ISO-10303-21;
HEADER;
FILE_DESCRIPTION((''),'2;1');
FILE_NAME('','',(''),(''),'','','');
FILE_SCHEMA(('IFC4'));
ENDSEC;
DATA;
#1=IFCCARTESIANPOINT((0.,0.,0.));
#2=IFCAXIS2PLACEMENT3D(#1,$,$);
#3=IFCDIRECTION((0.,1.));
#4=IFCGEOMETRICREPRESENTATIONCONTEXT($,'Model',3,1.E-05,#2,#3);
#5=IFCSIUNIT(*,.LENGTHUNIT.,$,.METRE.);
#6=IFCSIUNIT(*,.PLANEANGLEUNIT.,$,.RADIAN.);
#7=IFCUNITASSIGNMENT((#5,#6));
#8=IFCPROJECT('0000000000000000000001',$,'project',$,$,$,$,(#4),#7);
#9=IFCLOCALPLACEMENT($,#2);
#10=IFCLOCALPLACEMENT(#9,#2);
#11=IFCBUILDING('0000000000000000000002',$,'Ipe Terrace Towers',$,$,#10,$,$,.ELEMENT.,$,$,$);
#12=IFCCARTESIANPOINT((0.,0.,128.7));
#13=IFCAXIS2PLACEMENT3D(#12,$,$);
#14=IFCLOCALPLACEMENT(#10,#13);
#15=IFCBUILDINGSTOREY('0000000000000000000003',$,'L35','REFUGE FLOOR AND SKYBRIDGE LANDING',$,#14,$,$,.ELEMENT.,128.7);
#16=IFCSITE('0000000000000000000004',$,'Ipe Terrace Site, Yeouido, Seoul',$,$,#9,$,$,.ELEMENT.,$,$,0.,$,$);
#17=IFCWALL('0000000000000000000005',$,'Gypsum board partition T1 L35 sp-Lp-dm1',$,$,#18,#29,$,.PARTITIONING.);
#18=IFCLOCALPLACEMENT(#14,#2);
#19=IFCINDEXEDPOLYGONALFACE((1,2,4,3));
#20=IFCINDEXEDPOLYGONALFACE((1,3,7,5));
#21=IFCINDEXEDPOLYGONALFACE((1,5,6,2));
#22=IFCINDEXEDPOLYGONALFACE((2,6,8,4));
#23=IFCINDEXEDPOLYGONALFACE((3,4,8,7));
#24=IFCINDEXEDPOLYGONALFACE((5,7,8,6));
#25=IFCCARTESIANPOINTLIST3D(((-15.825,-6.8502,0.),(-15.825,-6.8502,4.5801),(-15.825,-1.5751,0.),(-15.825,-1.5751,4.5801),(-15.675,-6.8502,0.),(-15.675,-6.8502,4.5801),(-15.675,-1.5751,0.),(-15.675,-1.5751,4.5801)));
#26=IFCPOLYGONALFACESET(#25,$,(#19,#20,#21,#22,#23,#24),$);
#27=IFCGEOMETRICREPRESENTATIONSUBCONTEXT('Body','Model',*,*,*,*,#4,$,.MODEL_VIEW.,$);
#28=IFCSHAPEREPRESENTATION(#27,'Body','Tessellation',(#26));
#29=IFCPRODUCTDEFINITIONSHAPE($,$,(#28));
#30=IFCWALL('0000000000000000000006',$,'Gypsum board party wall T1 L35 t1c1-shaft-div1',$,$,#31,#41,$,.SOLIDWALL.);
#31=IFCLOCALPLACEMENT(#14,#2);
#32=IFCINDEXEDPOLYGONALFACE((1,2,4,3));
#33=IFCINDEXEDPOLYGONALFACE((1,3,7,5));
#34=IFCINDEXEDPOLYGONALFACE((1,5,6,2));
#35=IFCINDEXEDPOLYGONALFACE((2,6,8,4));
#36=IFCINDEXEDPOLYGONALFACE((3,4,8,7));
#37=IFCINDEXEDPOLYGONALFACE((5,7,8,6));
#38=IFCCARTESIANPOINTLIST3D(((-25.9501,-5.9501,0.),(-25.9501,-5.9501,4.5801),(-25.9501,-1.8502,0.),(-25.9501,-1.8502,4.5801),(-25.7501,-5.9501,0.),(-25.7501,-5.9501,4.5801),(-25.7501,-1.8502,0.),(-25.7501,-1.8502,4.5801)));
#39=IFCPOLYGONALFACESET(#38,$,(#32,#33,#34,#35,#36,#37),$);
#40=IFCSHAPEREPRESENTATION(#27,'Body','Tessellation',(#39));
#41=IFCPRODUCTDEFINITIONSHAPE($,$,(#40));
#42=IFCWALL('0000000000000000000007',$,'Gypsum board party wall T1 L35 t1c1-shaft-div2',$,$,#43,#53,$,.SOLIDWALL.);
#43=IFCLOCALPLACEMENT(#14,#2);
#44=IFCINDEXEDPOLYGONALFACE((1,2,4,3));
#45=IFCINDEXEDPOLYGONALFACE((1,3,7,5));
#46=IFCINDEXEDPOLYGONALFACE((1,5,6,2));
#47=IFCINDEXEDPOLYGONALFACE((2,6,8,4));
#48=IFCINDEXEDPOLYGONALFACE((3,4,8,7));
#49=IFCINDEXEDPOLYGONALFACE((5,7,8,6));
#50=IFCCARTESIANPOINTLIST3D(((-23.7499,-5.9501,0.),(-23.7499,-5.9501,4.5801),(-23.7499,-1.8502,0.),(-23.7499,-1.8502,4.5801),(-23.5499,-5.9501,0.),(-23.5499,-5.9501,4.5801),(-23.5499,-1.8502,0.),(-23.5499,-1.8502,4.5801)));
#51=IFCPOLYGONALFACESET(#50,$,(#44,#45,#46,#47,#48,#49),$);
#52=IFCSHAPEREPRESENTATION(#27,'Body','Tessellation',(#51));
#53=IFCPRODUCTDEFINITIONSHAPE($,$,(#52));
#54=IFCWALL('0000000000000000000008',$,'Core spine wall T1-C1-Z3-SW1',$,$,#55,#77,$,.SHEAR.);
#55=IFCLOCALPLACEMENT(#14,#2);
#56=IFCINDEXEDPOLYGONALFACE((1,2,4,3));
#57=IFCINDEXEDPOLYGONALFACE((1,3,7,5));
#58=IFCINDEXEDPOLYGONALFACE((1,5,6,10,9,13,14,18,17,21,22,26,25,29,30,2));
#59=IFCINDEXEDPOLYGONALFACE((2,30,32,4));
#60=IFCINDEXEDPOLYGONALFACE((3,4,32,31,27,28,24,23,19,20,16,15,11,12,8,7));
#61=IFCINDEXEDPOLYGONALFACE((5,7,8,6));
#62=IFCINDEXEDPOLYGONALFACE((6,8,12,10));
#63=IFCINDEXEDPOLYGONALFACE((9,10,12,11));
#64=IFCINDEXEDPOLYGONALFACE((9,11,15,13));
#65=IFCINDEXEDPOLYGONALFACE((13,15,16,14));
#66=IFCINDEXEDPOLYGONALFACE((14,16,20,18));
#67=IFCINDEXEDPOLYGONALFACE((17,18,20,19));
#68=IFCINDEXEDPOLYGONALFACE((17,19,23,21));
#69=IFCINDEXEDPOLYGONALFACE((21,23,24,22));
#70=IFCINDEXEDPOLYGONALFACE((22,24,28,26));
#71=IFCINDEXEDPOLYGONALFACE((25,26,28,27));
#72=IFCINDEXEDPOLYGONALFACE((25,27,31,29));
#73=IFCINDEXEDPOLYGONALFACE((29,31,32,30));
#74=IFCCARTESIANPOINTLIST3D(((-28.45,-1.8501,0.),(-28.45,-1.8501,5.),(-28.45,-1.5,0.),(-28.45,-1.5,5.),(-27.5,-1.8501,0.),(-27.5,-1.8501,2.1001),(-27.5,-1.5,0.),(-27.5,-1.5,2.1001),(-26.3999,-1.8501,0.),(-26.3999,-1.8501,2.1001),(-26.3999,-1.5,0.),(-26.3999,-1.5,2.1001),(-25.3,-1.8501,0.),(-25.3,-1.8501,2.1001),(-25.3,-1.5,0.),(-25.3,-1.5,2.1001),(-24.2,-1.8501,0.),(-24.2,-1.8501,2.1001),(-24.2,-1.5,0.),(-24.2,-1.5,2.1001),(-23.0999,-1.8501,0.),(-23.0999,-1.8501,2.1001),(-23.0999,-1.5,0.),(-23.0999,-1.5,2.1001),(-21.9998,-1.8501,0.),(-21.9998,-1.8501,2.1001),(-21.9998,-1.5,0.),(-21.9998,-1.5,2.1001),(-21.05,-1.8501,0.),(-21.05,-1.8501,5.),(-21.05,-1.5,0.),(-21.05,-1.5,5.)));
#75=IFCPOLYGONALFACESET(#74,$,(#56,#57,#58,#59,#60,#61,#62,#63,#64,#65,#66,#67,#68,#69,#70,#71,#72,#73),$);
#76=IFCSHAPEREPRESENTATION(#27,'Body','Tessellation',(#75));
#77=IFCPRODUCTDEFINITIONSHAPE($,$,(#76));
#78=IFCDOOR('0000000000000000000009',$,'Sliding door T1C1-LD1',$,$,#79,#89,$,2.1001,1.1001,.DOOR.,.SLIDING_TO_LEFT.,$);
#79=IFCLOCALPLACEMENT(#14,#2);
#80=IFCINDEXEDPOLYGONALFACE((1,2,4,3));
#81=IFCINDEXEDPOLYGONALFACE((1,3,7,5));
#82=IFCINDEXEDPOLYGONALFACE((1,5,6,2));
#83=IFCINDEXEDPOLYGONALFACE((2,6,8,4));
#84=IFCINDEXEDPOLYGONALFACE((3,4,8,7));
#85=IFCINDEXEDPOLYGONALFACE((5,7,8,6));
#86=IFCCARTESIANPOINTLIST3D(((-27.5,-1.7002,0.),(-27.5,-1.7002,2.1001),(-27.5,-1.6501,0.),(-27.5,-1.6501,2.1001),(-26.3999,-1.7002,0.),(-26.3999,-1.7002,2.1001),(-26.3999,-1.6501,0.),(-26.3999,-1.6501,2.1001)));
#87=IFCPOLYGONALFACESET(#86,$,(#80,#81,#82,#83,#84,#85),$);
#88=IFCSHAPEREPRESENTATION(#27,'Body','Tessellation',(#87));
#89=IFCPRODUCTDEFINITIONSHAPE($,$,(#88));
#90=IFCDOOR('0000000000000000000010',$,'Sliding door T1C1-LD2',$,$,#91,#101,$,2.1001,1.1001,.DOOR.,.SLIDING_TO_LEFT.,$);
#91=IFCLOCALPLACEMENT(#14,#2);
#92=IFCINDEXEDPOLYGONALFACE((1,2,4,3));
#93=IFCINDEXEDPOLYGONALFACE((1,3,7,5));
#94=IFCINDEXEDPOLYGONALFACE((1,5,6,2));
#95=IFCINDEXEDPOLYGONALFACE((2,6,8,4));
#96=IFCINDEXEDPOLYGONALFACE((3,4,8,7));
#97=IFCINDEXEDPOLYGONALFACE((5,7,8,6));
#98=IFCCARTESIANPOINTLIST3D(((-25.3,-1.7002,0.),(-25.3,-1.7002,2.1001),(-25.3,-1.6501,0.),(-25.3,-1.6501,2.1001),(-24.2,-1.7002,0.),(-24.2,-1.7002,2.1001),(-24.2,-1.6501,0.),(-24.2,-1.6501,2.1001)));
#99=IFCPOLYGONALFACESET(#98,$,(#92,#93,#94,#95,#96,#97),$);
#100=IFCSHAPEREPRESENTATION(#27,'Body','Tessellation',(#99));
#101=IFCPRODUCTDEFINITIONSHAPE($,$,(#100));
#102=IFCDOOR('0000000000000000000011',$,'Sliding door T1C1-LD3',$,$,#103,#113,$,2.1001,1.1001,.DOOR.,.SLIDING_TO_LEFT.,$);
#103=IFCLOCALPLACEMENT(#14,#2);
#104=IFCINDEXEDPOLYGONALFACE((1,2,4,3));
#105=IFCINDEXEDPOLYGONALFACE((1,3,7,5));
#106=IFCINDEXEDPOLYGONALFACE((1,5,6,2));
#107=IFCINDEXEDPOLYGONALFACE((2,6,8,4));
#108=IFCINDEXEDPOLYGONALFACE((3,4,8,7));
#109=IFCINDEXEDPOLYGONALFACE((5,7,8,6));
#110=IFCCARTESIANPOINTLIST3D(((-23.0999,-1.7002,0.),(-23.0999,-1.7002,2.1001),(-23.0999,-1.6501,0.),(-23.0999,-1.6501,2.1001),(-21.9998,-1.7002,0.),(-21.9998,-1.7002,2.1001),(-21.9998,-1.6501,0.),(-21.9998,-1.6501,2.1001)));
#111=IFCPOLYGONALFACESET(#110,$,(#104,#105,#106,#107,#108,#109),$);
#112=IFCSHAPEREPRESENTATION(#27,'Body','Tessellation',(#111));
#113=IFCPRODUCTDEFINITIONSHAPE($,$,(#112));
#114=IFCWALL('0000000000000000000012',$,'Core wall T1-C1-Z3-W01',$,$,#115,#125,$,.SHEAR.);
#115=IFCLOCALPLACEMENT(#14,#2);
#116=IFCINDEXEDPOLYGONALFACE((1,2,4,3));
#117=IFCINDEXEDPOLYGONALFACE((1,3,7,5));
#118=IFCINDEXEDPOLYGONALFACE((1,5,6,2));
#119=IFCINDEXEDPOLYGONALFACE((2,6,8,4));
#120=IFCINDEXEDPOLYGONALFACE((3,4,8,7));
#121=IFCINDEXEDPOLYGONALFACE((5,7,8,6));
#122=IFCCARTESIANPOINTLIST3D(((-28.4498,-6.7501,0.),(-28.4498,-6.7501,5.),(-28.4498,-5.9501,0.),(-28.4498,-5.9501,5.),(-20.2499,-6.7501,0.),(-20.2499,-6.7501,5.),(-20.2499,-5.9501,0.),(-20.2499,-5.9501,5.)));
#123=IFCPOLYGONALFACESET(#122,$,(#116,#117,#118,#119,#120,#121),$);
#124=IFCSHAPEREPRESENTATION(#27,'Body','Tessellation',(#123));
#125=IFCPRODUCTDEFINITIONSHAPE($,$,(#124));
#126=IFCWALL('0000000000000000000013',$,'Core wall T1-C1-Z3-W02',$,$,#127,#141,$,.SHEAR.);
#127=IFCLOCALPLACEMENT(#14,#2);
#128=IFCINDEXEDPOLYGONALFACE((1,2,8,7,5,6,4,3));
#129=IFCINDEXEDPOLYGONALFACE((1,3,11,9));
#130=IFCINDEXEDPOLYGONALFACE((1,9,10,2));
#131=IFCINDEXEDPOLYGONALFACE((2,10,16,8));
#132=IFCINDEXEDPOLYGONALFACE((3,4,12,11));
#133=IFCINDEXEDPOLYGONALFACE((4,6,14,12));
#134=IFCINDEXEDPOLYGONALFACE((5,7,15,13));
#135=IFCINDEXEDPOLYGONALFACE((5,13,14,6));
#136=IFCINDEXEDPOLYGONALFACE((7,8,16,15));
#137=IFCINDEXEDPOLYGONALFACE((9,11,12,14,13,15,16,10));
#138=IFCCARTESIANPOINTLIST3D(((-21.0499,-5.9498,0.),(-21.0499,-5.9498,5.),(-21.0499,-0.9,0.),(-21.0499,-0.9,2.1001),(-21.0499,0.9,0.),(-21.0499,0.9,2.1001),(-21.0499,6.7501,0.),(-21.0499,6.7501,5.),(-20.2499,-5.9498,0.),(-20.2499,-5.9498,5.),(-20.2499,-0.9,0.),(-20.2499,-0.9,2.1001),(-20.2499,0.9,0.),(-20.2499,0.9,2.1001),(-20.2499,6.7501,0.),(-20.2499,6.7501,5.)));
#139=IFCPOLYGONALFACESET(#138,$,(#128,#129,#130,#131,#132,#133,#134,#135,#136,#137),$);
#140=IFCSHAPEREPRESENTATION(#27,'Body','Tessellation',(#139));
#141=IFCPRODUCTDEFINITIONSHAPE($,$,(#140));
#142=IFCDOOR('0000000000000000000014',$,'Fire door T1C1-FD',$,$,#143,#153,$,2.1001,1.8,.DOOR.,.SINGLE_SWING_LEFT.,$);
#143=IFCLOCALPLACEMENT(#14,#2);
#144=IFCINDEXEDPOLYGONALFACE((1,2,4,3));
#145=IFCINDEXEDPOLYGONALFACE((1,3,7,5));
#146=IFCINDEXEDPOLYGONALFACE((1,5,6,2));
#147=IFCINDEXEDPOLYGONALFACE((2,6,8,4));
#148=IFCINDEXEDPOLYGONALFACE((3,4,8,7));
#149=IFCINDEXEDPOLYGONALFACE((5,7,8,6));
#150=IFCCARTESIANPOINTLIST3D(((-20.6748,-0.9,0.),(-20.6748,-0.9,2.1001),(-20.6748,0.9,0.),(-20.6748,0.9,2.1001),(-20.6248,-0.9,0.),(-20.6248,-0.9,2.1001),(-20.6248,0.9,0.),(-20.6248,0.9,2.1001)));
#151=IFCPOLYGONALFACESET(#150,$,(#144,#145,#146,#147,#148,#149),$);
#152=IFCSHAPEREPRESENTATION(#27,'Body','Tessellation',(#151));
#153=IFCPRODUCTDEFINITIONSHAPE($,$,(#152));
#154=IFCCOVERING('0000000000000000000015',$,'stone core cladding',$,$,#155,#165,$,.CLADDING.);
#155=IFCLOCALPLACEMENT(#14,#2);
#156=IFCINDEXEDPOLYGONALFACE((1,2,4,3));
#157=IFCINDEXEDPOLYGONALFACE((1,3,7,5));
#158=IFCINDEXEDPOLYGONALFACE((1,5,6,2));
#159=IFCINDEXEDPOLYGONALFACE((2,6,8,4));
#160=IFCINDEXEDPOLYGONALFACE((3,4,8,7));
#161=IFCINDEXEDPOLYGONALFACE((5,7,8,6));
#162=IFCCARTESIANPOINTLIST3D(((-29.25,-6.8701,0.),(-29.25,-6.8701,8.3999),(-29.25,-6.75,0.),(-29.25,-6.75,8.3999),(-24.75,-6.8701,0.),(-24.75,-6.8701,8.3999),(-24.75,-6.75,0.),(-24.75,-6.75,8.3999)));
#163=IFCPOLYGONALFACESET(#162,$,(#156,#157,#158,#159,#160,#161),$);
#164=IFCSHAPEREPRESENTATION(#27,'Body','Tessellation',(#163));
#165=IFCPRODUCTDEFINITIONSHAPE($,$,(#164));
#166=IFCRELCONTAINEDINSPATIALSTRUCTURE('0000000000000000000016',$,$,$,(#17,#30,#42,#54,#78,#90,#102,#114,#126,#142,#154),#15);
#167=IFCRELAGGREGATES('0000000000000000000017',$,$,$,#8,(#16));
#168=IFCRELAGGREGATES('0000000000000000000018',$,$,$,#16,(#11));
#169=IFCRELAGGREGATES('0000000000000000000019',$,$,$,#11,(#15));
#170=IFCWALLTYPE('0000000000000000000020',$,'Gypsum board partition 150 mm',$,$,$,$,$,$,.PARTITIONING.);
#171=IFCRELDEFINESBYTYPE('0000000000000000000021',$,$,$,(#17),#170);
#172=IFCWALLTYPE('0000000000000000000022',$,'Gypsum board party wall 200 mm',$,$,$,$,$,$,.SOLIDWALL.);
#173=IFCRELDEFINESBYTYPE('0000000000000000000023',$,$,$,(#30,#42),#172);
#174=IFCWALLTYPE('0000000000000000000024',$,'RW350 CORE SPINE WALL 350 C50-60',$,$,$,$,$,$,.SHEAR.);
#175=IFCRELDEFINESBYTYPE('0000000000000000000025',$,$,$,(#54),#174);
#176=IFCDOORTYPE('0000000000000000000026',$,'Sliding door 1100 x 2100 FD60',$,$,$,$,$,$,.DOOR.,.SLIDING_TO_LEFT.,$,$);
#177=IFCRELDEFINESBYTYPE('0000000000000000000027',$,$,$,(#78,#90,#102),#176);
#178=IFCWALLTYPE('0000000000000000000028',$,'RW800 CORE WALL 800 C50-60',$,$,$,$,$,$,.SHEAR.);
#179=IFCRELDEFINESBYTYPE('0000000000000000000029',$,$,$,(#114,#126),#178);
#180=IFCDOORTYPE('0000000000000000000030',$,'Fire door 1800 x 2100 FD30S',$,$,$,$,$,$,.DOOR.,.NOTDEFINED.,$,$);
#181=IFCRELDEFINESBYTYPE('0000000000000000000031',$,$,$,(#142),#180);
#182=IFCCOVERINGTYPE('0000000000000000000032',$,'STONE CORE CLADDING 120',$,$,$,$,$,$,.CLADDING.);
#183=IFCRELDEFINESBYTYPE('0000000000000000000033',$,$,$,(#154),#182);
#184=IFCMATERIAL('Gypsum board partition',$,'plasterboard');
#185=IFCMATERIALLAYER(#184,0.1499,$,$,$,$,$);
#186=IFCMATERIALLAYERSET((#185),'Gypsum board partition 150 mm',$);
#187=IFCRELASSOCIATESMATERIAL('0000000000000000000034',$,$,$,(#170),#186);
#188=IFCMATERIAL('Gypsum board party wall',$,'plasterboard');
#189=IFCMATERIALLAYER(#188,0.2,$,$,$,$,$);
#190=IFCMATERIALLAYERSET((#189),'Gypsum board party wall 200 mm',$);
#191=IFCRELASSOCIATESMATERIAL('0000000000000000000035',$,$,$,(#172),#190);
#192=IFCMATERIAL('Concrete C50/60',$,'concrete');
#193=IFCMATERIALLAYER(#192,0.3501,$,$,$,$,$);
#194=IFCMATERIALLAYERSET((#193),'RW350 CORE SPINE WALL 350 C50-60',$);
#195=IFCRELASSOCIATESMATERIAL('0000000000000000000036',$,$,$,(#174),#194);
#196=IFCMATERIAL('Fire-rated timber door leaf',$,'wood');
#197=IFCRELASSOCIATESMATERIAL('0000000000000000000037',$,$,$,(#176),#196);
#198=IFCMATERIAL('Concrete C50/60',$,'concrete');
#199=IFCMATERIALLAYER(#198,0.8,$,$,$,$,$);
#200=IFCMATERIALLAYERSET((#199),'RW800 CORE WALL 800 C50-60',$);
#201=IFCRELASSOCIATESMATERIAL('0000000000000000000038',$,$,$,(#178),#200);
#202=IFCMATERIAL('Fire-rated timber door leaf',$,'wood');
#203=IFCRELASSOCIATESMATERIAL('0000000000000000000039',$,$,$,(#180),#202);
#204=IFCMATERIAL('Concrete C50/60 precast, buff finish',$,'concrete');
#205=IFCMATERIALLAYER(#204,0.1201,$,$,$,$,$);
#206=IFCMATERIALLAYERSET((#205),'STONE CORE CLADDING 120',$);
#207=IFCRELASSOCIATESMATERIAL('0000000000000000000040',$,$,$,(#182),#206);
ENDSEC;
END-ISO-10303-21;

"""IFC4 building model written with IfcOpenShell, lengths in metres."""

from ifc_helpers import new_model, si_unit, direction, frame, frame_2d, origin, origin_2d, place, context, subcontext, project, spatial, rectangle, extrude, material, layer, layer_set, type_object, element, fill, save


model = new_model("IFC4")

# Units and contexts
model_context = context("Model", 3, precision=1e-05, world=origin(), true_north=direction((0.0, 1.0)))
body_context = subcontext(model_context, "Body", "Model", "MODEL_VIEW")
ifc_project = project(units=[si_unit("LENGTHUNIT", "METRE"), si_unit("PLANEANGLEUNIT", "RADIAN")], contexts=[model_context])

# Site, building, storey
site_placement = place(None, origin())
site = spatial("IfcSite", under=ifc_project, at=site_placement, Name="Ipe Terrace Site, Yeouido, Seoul", CompositionType="ELEMENT", RefElevation=0.0)
building_placement = place(site_placement, origin())
building = spatial("IfcBuilding", under=site, at=building_placement, Name="Ipe Terrace Towers", CompositionType="ELEMENT")
storey_placement = place(building_placement, frame((0.0, 0.0, 128.7)))
storey = spatial("IfcBuildingStorey", under=building, at=storey_placement, Name="L35", Description="REFUGE FLOOR AND SKYBRIDGE LANDING", CompositionType="ELEMENT", Elevation=128.7)

# Shared definitions
ifc_material_1 = material(Name="Gypsum board partition", Category="plasterboard")
ifc_layer_1 = layer(ifc_material_1, 0.1499)
ifc_layer_set_1 = layer_set([ifc_layer_1], Name="Gypsum board partition 150 mm")
wall_type_1 = type_object("IfcWallType", Name="Gypsum board partition 150 mm", PredefinedType="PARTITIONING", material=ifc_layer_set_1)

# Walls
wall_1_placement = place(storey_placement, frame((-15.75, -1.575, 0.0), z_axis=(0.0, 0.0, 1.0), x_axis=(0.0, -1.0, 0.0)))
element("IfcWall", 1, at=wall_1_placement, inside=storey, type_object=wall_type_1, Name="Gypsum board partition T1 L35 sp-Lp-dm1", PredefinedType="PARTITIONING", context=body_context, shape_type="SweptSolid", body=[
    extrude(rectangle(XDim=5.2751, YDim=0.1499, at=frame_2d((2.6377, 0.0))), origin(), (0.0, 0.0, 1.0), 4.5801),
])
ifc_material_2 = material(Name="Gypsum board party wall", Category="plasterboard")
ifc_layer_2 = layer(ifc_material_2, 0.2)
ifc_layer_set_2 = layer_set([ifc_layer_2], Name="Gypsum board party wall 200 mm")
wall_type_2 = type_object("IfcWallType", Name="Gypsum board party wall 200 mm", PredefinedType="SOLIDWALL", material=ifc_layer_set_2)
for number, where, z_axis, x_axis, name in (
    (2, (-25.8501, -5.95, 0.0), (0.0, 0.0, 1.0), (0.0, 1.0, 0.0), "Gypsum board party wall T1 L35 t1c1-shaft-div1"),
    (3, (-23.6499, -5.95, 0.0), (0.0, 0.0, 1.0), (0.0, 1.0, 0.0), "Gypsum board party wall T1 L35 t1c1-shaft-div2"),
):
    element("IfcWall", number, at=place(storey_placement, frame(where, z_axis=z_axis, x_axis=x_axis)), inside=storey, type_object=wall_type_2, Name=name, PredefinedType="SOLIDWALL", context=body_context, shape_type="SweptSolid", body=[
        extrude(rectangle(XDim=4.0999, YDim=0.2, at=frame_2d((2.0498, 0.0))), origin(), (0.0, 0.0, 1.0), 4.5801),
    ])

# Wall, openings, doors
ifc_material_3 = material(Name="Concrete C50/60", Category="concrete")
ifc_layer_3 = layer(ifc_material_3, 0.3501)
ifc_layer_set_3 = layer_set([ifc_layer_3], Name="RW350 CORE SPINE WALL 350 C50-60")
wall_type_3 = type_object("IfcWallType", Name="RW350 CORE SPINE WALL 350 C50-60", PredefinedType="SHEAR", material=ifc_layer_set_3)
wall_2_placement = place(storey_placement, frame((-28.45, -1.675, 0.0), z_axis=(0.0, 0.0, 1.0), x_axis=(1.0, 0.0, 0.0)))
wall_2 = element("IfcWall", 4, at=wall_2_placement, inside=storey, type_object=wall_type_3, Name="Core spine wall T1-C1-Z3-SW1", PredefinedType="SHEAR", context=body_context, shape_type="SweptSolid", body=[
    extrude(rectangle(XDim=7.3999, YDim=0.3501, at=frame_2d((3.7, 0.0))), origin(), (0.0, 0.0, 1.0), 5.0),
])
opening_1_placement = place(wall_2_placement, frame((0.95, 0.0, 0.0)))
opening_1 = element("IfcOpeningElement", 5, at=opening_1_placement, cuts=wall_2, PredefinedType="OPENING", context=body_context, shape_type="SweptSolid", body=[
    extrude(rectangle(XDim=1.1001, YDim=2.1001, at=frame_2d((0.55, 1.05))), frame((0.0, 0.1851, 0.0), z_axis=(0.0, -1.0, 0.0), x_axis=(1.0, 0.0, 0.0)), (0.0, 0.0, 1.0), 0.3701),
])
opening_2_placement = place(wall_2_placement, frame((3.1499, 0.0, 0.0)))
opening_2 = element("IfcOpeningElement", 6, at=opening_2_placement, cuts=wall_2, PredefinedType="OPENING", context=body_context, shape_type="SweptSolid", body=[
    extrude(rectangle(XDim=1.1001, YDim=2.1001, at=frame_2d((0.55, 1.05))), frame((0.0, 0.1851, 0.0), z_axis=(0.0, -1.0, 0.0), x_axis=(1.0, 0.0, 0.0)), (0.0, 0.0, 1.0), 0.3701),
])
opening_3_placement = place(wall_2_placement, frame((5.3501, 0.0, 0.0)))
opening_3 = element("IfcOpeningElement", 7, at=opening_3_placement, cuts=wall_2, PredefinedType="OPENING", context=body_context, shape_type="SweptSolid", body=[
    extrude(rectangle(XDim=1.1001, YDim=2.1001, at=frame_2d((0.55, 1.05))), frame((0.0, 0.1851, 0.0), z_axis=(0.0, -1.0, 0.0), x_axis=(1.0, 0.0, 0.0)), (0.0, 0.0, 1.0), 0.3701),
])
ifc_material_4 = material(Name="Fire-rated timber door leaf", Category="wood")
door_type_1 = type_object("IfcDoorType", Name="Sliding door 1100 x 2100 FD60", OperationType="SLIDING_TO_LEFT", PredefinedType="DOOR", material=ifc_material_4)
door_1_placement = place(opening_1_placement, origin())
door_1 = element("IfcDoor", 8, at=door_1_placement, inside=storey, type_object=door_type_1, Name="Sliding door T1C1-LD1", OperationType="SLIDING_TO_LEFT", OverallHeight=2.1001, OverallWidth=1.1001, PredefinedType="DOOR", context=body_context, shape_type="SweptSolid", body=[
    extrude(rectangle(XDim=1.1001, YDim=2.1001, at=frame_2d((0.55, 1.05))), frame((0.0, 0.0249, 0.0), z_axis=(0.0, -1.0, 0.0), x_axis=(1.0, 0.0, 0.0)), (0.0, 0.0, 1.0), 0.05),
])
fill(opening_1, door_1)
door_2_placement = place(opening_2_placement, origin())
door_2 = element("IfcDoor", 9, at=door_2_placement, inside=storey, type_object=door_type_1, Name="Sliding door T1C1-LD2", OperationType="SLIDING_TO_LEFT", OverallHeight=2.1001, OverallWidth=1.1001, PredefinedType="DOOR", context=body_context, shape_type="SweptSolid", body=[
    extrude(rectangle(XDim=1.1001, YDim=2.1001, at=frame_2d((0.55, 1.05))), frame((0.0, 0.0249, 0.0), z_axis=(0.0, -1.0, 0.0), x_axis=(1.0, 0.0, 0.0)), (0.0, 0.0, 1.0), 0.05),
])
fill(opening_2, door_2)
door_3_placement = place(opening_3_placement, origin())
door_3 = element("IfcDoor", 10, at=door_3_placement, inside=storey, type_object=door_type_1, Name="Sliding door T1C1-LD3", OperationType="SLIDING_TO_LEFT", OverallHeight=2.1001, OverallWidth=1.1001, PredefinedType="DOOR", context=body_context, shape_type="SweptSolid", body=[
    extrude(rectangle(XDim=1.1001, YDim=2.1001, at=frame_2d((0.55, 1.05))), frame((0.0, 0.0249, 0.0), z_axis=(0.0, -1.0, 0.0), x_axis=(1.0, 0.0, 0.0)), (0.0, 0.0, 1.0), 0.05),
])
fill(opening_3, door_3)

# Wall
ifc_material_5 = material(Name="Concrete C50/60", Category="concrete")
ifc_layer_4 = layer(ifc_material_5, 0.8)
ifc_layer_set_4 = layer_set([ifc_layer_4], Name="RW800 CORE WALL 800 C50-60")
wall_type_4 = type_object("IfcWallType", Name="RW800 CORE WALL 800 C50-60", PredefinedType="SHEAR", material=ifc_layer_set_4)
wall_3_placement = place(storey_placement, frame((-28.45, -6.3501, 0.0), z_axis=(0.0, 0.0, 1.0), x_axis=(1.0, 0.0, 0.0)))
element("IfcWall", 11, at=wall_3_placement, inside=storey, type_object=wall_type_4, Name="Core wall T1-C1-Z3-W01", PredefinedType="SHEAR", context=body_context, shape_type="SweptSolid", body=[
    extrude(rectangle(XDim=8.2, YDim=0.8, at=frame_2d((4.1001, 0.0))), origin(), (0.0, 0.0, 1.0), 5.0),
])

# Wall, opening, door
wall_4_placement = place(storey_placement, frame((-20.6499, -5.95, 0.0), z_axis=(0.0, 0.0, 1.0), x_axis=(0.0, 1.0, 0.0)))
wall_4 = element("IfcWall", 12, at=wall_4_placement, inside=storey, type_object=wall_type_4, Name="Core wall T1-C1-Z3-W02", PredefinedType="SHEAR", context=body_context, shape_type="SweptSolid", body=[
    extrude(rectangle(XDim=12.7, YDim=0.8, at=frame_2d((6.3501, 0.0))), origin(), (0.0, 0.0, 1.0), 5.0),
])
opening_4_placement = place(wall_4_placement, frame((5.05, 0.0, 0.0)))
opening_4 = element("IfcOpeningElement", 13, at=opening_4_placement, cuts=wall_4, PredefinedType="OPENING", context=body_context, shape_type="SweptSolid", body=[
    extrude(rectangle(XDim=1.8, YDim=2.1001, at=frame_2d((0.8999, 1.05))), frame((0.0, 0.4102, 0.0), z_axis=(0.0, -1.0, 0.0), x_axis=(1.0, 0.0, 0.0)), (0.0, 0.0, 1.0), 0.8201),
])
ifc_material_6 = material(Name="Fire-rated timber door leaf", Category="wood")
door_type_2 = type_object("IfcDoorType", Name="Fire door 1800 x 2100 FD30S", OperationType="NOTDEFINED", PredefinedType="DOOR", material=ifc_material_6)
door_4_placement = place(opening_4_placement, origin())
door_4 = element("IfcDoor", 14, at=door_4_placement, inside=storey, type_object=door_type_2, Name="Fire door T1C1-FD", OperationType="SINGLE_SWING_LEFT", OverallHeight=2.1001, OverallWidth=1.8, PredefinedType="DOOR", context=body_context, shape_type="SweptSolid", body=[
    extrude(rectangle(XDim=1.8, YDim=2.1001, at=frame_2d((0.8999, 1.05))), frame((0.0, 0.0249, 0.0), z_axis=(0.0, -1.0, 0.0), x_axis=(1.0, 0.0, 0.0)), (0.0, 0.0, 1.0), 0.05),
])
fill(opening_4, door_4)

# Covering
ifc_material_7 = material(Name="Concrete C50/60 precast, buff finish", Category="concrete")
ifc_layer_5 = layer(ifc_material_7, 0.1201)
ifc_layer_set_5 = layer_set([ifc_layer_5], Name="STONE CORE CLADDING 120")
covering_type = type_object("IfcCoveringType", Name="STONE CORE CLADDING 120", PredefinedType="CLADDING", material=ifc_layer_set_5)
covering_1_placement = place(storey_placement, frame((-27.0, -6.8101, 0.0), z_axis=(0.0, 0.0, 1.0), x_axis=(1.0, 0.0, 0.0)))
element("IfcCovering", 15, at=covering_1_placement, inside=storey, type_object=covering_type, Name="stone core cladding", PredefinedType="CLADDING", context=body_context, shape_type="SweptSolid", body=[
    extrude(rectangle(XDim=4.5, YDim=0.1201, at=origin_2d()), origin(), (0.0, 0.0, 1.0), 8.3999),
])

save(model, "model.ifc")
